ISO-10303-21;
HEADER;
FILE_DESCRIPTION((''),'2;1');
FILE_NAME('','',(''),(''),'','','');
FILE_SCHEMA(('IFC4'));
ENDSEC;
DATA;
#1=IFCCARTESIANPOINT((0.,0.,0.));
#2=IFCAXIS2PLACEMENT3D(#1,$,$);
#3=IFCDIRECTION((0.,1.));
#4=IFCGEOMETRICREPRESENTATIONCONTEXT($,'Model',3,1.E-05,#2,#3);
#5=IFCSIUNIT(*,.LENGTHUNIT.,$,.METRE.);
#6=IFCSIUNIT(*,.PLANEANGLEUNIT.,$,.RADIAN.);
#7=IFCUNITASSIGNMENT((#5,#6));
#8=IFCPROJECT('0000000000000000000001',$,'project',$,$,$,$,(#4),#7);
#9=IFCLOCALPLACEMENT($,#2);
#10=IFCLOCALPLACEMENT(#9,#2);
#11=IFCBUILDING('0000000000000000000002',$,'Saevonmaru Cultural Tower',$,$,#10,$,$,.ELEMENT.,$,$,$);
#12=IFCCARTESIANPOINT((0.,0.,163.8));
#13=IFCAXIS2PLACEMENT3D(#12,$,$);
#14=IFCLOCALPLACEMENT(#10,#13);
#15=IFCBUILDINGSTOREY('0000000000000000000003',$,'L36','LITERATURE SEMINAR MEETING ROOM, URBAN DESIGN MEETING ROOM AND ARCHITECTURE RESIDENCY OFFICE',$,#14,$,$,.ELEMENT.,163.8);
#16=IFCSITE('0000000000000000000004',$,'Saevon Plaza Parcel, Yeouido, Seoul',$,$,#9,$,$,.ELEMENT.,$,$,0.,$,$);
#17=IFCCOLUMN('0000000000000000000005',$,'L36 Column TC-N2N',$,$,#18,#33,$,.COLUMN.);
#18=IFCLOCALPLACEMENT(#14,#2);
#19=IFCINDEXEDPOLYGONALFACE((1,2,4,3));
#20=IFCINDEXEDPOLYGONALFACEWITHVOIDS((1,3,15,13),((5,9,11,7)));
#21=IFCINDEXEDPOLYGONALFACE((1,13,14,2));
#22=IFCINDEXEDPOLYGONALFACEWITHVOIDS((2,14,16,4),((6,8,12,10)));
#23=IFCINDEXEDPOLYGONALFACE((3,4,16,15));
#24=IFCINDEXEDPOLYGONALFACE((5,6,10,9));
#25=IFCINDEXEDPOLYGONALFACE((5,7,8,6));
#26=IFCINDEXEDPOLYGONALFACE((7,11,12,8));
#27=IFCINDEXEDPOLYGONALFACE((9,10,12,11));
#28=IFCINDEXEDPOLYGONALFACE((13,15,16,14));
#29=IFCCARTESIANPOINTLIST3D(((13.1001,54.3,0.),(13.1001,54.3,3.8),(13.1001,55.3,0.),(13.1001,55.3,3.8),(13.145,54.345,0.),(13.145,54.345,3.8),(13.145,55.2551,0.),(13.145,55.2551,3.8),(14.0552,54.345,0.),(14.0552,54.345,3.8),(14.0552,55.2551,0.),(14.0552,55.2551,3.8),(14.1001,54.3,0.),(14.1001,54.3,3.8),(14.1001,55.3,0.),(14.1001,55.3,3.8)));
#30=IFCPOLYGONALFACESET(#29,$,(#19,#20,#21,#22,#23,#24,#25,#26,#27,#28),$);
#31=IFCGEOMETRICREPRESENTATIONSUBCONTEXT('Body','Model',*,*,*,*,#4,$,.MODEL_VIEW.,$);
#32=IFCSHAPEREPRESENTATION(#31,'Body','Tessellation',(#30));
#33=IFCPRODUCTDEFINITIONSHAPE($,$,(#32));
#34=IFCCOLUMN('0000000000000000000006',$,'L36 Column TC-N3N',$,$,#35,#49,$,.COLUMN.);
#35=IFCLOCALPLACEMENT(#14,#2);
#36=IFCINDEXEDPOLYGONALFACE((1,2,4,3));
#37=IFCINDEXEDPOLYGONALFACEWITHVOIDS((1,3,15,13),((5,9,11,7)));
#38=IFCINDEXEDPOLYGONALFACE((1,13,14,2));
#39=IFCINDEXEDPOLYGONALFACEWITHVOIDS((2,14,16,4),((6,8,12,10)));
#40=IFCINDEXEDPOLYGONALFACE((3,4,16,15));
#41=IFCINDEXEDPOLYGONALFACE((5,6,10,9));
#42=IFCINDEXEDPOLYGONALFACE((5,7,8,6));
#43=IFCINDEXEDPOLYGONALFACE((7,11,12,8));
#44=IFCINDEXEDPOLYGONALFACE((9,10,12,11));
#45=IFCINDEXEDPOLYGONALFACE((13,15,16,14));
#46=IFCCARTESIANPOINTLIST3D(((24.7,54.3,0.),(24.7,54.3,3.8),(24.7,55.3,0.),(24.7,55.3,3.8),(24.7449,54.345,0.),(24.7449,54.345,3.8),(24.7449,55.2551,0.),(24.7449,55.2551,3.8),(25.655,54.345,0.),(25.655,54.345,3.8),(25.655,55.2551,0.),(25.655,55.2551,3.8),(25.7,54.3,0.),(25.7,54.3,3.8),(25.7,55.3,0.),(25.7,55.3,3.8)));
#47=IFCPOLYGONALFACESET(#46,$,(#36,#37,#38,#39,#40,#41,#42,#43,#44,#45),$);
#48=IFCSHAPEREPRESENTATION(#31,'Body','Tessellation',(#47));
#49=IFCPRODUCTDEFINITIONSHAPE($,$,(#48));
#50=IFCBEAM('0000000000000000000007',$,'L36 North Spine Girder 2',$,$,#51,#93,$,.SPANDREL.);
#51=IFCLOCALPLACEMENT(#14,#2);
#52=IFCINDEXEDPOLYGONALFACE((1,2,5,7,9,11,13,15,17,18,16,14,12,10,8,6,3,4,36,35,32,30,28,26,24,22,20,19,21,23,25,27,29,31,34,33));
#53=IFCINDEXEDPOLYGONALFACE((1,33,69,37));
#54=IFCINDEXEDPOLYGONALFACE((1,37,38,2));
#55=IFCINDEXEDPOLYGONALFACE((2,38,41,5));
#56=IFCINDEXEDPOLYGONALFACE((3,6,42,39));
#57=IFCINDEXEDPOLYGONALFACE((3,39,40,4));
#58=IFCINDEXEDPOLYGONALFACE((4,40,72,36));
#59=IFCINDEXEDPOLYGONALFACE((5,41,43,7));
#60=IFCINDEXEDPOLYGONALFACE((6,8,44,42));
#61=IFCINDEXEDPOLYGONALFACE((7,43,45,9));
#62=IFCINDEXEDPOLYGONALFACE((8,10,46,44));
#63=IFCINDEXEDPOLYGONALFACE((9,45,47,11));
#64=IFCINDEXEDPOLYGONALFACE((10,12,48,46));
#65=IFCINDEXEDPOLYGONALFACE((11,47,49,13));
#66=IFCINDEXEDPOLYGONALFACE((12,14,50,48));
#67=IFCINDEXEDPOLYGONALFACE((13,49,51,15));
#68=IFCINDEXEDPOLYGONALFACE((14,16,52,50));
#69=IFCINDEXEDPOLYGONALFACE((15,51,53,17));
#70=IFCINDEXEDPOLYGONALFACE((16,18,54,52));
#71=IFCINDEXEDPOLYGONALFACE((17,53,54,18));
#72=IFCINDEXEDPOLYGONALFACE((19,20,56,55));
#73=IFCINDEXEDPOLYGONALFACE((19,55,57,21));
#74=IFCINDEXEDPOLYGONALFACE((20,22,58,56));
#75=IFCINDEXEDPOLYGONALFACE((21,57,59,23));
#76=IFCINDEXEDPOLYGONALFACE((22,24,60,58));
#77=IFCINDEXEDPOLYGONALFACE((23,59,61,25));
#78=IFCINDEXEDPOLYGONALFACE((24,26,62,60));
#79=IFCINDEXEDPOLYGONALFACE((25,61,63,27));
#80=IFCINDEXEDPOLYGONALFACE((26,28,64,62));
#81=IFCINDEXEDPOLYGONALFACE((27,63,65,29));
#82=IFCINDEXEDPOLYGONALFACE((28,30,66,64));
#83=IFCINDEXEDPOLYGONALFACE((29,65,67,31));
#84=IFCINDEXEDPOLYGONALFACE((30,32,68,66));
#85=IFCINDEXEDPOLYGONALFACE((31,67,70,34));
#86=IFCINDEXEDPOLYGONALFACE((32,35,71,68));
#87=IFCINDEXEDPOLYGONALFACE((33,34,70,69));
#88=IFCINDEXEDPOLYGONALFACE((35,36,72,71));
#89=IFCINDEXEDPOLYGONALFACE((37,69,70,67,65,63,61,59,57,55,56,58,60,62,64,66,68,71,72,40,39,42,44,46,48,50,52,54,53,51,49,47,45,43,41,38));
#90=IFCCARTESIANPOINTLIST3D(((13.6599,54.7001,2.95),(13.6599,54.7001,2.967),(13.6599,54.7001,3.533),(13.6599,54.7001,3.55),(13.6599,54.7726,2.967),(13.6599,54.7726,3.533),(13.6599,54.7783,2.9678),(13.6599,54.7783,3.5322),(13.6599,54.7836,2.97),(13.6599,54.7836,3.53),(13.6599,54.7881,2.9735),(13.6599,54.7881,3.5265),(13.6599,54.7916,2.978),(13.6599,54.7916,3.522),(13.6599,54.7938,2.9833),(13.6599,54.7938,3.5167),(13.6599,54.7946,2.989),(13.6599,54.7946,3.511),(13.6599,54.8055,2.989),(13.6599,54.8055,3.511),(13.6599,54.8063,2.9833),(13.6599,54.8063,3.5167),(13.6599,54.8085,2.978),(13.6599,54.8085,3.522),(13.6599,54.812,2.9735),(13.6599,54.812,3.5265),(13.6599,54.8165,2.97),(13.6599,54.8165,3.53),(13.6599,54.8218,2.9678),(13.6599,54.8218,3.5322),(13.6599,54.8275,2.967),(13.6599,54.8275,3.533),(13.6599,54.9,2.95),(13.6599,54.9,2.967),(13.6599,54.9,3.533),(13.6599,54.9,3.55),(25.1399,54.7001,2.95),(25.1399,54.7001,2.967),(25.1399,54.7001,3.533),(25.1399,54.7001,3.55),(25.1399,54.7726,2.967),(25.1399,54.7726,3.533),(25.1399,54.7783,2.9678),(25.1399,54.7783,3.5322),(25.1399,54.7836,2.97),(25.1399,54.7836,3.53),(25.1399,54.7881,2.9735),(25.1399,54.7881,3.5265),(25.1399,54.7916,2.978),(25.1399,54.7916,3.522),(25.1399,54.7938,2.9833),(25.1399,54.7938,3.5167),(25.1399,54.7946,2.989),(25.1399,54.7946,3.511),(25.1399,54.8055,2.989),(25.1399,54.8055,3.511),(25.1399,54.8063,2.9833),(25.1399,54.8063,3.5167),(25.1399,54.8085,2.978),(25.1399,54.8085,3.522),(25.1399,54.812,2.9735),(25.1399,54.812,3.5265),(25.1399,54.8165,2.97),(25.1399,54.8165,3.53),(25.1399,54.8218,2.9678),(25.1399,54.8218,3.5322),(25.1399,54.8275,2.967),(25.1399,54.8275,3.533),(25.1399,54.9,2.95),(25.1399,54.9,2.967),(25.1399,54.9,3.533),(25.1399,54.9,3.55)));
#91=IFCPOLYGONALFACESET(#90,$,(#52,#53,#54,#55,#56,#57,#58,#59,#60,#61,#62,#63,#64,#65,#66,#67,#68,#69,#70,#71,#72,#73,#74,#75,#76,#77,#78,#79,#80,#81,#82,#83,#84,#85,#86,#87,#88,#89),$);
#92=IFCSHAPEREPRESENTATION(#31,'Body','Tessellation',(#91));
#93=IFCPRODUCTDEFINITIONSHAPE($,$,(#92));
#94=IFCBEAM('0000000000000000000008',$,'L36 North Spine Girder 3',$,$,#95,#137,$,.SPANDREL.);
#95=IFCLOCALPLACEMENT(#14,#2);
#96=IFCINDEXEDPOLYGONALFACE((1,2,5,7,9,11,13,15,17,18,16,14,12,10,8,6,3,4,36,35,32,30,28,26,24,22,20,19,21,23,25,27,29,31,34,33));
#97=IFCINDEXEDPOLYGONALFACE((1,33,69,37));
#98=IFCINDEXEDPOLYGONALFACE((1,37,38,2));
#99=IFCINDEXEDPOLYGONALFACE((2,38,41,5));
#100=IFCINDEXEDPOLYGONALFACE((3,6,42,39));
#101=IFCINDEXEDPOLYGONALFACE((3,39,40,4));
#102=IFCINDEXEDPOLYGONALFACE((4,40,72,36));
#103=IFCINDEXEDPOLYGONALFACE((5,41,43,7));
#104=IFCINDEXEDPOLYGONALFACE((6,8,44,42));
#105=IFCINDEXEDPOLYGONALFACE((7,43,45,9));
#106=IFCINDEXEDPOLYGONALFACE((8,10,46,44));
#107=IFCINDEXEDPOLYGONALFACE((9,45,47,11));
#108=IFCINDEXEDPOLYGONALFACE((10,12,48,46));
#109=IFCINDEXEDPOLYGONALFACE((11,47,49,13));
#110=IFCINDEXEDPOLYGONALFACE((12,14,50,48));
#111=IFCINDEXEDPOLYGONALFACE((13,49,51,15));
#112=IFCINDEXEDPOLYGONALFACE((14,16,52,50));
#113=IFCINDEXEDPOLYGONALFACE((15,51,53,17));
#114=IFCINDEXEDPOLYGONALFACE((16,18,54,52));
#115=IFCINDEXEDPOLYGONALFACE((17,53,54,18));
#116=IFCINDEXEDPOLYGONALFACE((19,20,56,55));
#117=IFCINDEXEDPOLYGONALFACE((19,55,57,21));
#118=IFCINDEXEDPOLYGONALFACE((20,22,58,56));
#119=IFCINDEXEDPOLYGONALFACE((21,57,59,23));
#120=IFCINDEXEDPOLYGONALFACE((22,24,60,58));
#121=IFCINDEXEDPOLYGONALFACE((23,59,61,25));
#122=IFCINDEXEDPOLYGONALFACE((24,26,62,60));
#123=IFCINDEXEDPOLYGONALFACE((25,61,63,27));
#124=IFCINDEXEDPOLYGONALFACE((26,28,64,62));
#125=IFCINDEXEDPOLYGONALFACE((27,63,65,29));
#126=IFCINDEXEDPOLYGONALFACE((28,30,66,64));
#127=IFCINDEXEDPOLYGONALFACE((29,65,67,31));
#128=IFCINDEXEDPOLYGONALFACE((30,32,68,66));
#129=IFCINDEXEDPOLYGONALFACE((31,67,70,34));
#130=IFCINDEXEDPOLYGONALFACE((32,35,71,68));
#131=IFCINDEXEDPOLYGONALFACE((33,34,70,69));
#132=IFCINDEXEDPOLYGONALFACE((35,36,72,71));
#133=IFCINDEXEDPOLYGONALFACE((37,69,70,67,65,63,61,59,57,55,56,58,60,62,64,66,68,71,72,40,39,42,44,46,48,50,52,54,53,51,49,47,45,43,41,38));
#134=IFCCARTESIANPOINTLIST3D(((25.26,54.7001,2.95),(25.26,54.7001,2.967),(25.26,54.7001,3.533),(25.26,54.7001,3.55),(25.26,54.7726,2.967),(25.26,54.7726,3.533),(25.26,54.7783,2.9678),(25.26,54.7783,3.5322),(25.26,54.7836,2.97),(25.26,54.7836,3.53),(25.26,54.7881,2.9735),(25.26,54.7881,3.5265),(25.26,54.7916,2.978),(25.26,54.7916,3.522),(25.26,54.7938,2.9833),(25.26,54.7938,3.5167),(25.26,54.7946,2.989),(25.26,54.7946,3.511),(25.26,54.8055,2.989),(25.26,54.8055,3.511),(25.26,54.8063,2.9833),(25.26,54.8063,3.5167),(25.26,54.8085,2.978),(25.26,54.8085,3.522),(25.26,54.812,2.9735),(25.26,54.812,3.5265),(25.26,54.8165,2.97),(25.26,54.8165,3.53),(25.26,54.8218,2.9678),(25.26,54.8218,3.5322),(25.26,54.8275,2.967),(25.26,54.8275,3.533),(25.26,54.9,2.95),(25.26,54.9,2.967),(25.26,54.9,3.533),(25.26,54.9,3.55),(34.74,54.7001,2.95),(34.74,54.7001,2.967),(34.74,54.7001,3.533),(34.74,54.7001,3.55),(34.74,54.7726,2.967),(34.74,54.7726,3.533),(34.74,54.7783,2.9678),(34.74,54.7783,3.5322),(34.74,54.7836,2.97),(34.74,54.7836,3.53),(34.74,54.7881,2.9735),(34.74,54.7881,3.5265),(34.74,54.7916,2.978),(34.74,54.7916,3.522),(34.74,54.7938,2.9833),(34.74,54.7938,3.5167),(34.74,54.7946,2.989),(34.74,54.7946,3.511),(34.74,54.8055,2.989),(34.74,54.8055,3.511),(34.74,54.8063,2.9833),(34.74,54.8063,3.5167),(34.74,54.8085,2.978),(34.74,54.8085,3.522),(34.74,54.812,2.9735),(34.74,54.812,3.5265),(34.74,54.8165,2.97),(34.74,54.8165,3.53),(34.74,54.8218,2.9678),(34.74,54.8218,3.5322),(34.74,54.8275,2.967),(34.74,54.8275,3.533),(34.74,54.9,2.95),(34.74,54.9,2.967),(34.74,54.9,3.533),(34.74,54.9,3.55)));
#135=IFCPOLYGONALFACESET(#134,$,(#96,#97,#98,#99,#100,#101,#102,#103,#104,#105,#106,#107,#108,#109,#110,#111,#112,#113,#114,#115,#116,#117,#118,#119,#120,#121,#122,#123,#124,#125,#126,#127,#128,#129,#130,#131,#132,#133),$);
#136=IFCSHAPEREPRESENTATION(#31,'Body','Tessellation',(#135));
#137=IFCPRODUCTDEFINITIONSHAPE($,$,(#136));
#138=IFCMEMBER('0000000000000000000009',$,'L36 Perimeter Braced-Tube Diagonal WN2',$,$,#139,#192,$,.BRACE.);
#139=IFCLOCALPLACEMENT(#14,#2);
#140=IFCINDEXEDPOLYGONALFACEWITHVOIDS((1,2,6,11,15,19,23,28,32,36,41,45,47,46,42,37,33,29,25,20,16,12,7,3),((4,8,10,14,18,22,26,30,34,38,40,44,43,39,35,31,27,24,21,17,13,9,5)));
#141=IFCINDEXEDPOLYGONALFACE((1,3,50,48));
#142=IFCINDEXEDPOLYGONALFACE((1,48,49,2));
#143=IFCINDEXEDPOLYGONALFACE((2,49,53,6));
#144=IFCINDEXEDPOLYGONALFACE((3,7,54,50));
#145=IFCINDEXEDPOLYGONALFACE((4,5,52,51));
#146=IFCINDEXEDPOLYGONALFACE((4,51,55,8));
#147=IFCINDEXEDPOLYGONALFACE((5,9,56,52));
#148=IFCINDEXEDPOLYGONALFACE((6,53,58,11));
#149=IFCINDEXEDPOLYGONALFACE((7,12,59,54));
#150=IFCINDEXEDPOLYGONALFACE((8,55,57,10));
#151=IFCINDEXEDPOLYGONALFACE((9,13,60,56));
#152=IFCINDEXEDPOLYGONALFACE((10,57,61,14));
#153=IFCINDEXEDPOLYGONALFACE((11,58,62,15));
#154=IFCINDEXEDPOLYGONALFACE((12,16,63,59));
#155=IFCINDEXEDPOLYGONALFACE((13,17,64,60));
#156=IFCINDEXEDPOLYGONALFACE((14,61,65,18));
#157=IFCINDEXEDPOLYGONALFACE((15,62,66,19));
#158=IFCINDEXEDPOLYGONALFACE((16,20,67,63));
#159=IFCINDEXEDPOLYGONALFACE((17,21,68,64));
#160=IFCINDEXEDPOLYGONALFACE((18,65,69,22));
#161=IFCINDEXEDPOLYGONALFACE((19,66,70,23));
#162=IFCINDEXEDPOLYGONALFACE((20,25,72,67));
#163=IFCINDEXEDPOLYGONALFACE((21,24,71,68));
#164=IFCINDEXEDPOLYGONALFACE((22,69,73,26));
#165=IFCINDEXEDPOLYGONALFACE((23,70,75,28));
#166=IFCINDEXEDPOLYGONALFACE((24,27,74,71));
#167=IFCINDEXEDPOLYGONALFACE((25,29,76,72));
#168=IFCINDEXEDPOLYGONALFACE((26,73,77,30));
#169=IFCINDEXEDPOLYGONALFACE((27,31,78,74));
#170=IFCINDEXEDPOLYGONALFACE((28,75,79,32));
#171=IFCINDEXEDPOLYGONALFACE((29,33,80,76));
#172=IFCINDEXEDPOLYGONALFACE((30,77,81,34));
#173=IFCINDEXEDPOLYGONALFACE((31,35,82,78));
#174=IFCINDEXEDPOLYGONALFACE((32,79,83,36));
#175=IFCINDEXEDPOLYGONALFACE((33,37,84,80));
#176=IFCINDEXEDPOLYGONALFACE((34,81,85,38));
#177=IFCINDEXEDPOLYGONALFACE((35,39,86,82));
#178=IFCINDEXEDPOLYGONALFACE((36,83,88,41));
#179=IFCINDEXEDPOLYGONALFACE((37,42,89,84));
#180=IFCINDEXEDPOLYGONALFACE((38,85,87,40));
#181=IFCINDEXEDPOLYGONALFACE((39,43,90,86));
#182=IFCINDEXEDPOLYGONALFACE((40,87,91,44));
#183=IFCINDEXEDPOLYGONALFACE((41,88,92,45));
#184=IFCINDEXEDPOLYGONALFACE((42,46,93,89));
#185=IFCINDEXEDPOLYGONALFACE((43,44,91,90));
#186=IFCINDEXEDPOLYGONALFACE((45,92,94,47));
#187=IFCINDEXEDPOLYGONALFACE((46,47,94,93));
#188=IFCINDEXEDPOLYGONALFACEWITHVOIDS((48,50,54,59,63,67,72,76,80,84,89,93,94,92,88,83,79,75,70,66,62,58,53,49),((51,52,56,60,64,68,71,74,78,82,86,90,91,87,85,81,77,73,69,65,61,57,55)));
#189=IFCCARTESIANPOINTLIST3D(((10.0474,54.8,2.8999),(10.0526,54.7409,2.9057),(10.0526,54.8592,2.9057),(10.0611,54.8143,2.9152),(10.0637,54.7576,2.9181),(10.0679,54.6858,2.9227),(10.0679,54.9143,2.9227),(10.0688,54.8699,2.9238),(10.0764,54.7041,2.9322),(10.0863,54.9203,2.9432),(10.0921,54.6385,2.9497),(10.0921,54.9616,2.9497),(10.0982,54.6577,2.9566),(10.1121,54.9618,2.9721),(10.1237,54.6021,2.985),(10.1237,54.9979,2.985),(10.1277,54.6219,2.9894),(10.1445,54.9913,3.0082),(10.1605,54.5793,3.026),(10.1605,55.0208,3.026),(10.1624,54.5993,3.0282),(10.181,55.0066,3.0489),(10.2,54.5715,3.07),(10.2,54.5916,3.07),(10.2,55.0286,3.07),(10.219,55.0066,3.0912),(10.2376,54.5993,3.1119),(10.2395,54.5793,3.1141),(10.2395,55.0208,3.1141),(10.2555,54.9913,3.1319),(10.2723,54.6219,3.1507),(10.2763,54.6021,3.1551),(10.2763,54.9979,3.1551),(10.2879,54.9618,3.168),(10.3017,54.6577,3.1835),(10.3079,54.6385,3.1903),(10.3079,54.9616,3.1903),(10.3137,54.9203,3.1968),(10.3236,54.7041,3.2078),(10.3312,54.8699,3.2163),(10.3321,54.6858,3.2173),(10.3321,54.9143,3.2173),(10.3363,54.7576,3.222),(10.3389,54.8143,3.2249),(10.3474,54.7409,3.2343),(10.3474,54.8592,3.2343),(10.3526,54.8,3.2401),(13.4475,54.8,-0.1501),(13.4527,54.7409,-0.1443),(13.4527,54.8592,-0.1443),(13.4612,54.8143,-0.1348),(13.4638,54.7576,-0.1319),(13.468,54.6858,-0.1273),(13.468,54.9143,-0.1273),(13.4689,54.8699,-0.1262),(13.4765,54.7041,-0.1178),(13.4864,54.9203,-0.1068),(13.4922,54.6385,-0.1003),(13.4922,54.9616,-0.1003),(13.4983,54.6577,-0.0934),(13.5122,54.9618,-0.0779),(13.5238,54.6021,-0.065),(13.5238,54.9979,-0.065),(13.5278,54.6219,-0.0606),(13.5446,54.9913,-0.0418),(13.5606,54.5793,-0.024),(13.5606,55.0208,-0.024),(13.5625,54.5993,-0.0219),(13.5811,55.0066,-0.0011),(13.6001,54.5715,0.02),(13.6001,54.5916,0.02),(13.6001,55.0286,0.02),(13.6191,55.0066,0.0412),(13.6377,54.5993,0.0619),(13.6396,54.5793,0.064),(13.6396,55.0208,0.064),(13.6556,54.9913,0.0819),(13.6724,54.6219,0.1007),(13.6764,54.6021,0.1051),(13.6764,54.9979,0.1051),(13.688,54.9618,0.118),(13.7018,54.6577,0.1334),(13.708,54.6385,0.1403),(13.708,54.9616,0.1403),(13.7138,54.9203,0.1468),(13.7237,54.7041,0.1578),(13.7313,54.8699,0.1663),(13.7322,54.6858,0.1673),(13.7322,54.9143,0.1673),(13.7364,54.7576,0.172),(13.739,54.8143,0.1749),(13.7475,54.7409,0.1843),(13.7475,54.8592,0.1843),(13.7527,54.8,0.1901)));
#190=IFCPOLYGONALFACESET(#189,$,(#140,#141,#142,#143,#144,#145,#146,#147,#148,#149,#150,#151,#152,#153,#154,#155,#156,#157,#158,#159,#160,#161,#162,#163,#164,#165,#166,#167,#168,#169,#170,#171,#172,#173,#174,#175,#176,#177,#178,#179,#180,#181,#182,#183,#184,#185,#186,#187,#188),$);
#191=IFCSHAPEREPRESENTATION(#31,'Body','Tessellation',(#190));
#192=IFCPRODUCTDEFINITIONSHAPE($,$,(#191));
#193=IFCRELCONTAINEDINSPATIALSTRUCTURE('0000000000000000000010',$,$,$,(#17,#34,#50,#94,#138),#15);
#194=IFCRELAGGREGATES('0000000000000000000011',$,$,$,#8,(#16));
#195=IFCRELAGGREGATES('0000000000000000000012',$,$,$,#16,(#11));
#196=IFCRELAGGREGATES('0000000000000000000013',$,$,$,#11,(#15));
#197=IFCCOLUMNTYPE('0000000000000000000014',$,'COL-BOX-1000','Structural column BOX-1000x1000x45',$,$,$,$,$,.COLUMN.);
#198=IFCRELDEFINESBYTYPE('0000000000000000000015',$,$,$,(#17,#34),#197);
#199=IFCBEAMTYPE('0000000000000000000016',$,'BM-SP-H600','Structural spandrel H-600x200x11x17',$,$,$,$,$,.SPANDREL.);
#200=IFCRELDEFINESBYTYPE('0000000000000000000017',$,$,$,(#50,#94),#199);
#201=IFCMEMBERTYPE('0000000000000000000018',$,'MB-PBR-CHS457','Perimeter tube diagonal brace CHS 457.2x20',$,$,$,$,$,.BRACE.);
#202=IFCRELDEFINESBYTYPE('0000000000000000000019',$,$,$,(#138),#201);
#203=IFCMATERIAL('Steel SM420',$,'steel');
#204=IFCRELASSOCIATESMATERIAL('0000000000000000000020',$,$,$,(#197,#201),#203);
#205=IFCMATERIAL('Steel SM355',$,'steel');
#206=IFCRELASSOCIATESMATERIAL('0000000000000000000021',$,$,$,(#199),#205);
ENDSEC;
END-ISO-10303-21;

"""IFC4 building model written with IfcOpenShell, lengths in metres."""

from ifc_helpers import new_model, si_unit, direction, frame, origin, origin_2d, place, context, subcontext, project, spatial, hollow_rectangle, hollow_circle, i_section, extrude, material, material_profile, profile_set, type_object, element, save


model = new_model("IFC4")

# Units and contexts
model_context = context("Model", 3, precision=1e-05, world=origin(), true_north=direction((0.0, 1.0)))
body_context = subcontext(model_context, "Body", "Model", "MODEL_VIEW")
ifc_project = project(units=[si_unit("LENGTHUNIT", "METRE"), si_unit("PLANEANGLEUNIT", "RADIAN")], contexts=[model_context])

# Site, building, storey
site_placement = place(None, origin())
site = spatial("IfcSite", under=ifc_project, at=site_placement, Name="Saevon Plaza Parcel, Yeouido, Seoul", CompositionType="ELEMENT", RefElevation=0.0)
building_placement = place(site_placement, origin())
building = spatial("IfcBuilding", under=site, at=building_placement, Name="Saevonmaru Cultural Tower", CompositionType="ELEMENT")
storey_placement = place(building_placement, frame((0.0, 0.0, 163.8)))
storey = spatial("IfcBuildingStorey", under=building, at=storey_placement, Name="L36", Description="LITERATURE SEMINAR MEETING ROOM, URBAN DESIGN MEETING ROOM AND ARCHITECTURE RESIDENCY OFFICE", CompositionType="ELEMENT", Elevation=163.8)

# Columns
ifc_material_1 = material(Name="Steel SM420", Category="steel")
ifc_material_profile_1 = material_profile(ifc_material_1, hollow_rectangle(XDim=1.0, YDim=1.0, WallThickness=0.0449, at=origin_2d()), Name="BOX-1000x1000x45")
ifc_profile_set_1 = profile_set([ifc_material_profile_1], Name="Steel SM420")
column_type = type_object("IfcColumnType", Name="COL-BOX-1000", Description="Structural column BOX-1000x1000x45", PredefinedType="COLUMN", material=ifc_profile_set_1)
for number, where, z_axis, x_axis, name in (
    (1, (13.6001, 54.8, 0.0), (0.0, 0.0, 1.0), (1.0, 0.0, 0.0), "L36 Column TC-N2N"),
    (2, (25.2, 54.8, 0.0), (0.0, 0.0, 1.0), (1.0, 0.0, 0.0), "L36 Column TC-N3N"),
):
    element("IfcColumn", number, at=place(storey_placement, frame(where, z_axis=z_axis, x_axis=x_axis)), inside=storey, type_object=column_type, Name=name, PredefinedType="COLUMN", context=body_context, shape_type="SweptSolid", body=[
        extrude(hollow_rectangle(XDim=1.0, YDim=1.0, WallThickness=0.0449, at=origin_2d()), origin(), (0.0, 0.0, 1.0), 3.8),
    ])

# Beams
ifc_material_2 = material(Name="Steel SM355", Category="steel")
ifc_material_profile_2 = material_profile(ifc_material_2, i_section(OverallWidth=0.2, OverallDepth=0.6001, WebThickness=0.011, FlangeThickness=0.0171, FilletRadius=0.022, at=origin_2d()), Name="H-600x200x11x17")
ifc_profile_set_2 = profile_set([ifc_material_profile_2], Name="Steel SM355")
beam_type = type_object("IfcBeamType", Name="BM-SP-H600", Description="Structural spandrel H-600x200x11x17", PredefinedType="SPANDREL", material=ifc_profile_set_2)
beam_1_placement = place(storey_placement, frame((13.6599, 54.8, 3.25), z_axis=(1.0, 0.0, 0.0), x_axis=(0.0, 1.0, 0.0)))
element("IfcBeam", 3, at=beam_1_placement, inside=storey, type_object=beam_type, Name="L36 North Spine Girder 2", PredefinedType="SPANDREL", context=body_context, shape_type="SweptSolid", body=[
    extrude(i_section(OverallWidth=0.2, OverallDepth=0.6001, WebThickness=0.011, FlangeThickness=0.0171, FilletRadius=0.022, at=origin_2d()), origin(), (0.0, 0.0, 1.0), 11.48),
])
beam_2_placement = place(storey_placement, frame((25.26, 54.8, 3.25), z_axis=(1.0, 0.0, 0.0), x_axis=(0.0, 1.0, 0.0)))
element("IfcBeam", 4, at=beam_2_placement, inside=storey, type_object=beam_type, Name="L36 North Spine Girder 3", PredefinedType="SPANDREL", context=body_context, shape_type="SweptSolid", body=[
    extrude(i_section(OverallWidth=0.2, OverallDepth=0.6001, WebThickness=0.011, FlangeThickness=0.0171, FilletRadius=0.022, at=origin_2d()), origin(), (0.0, 0.0, 1.0), 9.48),
])

# Member
ifc_material_profile_3 = material_profile(ifc_material_1, hollow_circle(Radius=0.2285, WallThickness=0.02, at=origin_2d()), Name="CHS-457.2x20")
ifc_profile_set_3 = profile_set([ifc_material_profile_3], Name="Steel SM420")
member_type_1 = type_object("IfcMemberType", Name="MB-PBR-CHS457", Description="Perimeter tube diagonal brace CHS 457.2x20", PredefinedType="BRACE", material=ifc_profile_set_3)
member_1_placement = place(storey_placement, frame((13.6001, 54.8, 0.02), z_axis=(-0.744391, 0.0, 0.667744), x_axis=(0.0, -1.0, 0.0)))
element("IfcMember", 5, at=member_1_placement, inside=storey, type_object=member_type_1, Name="L36 Perimeter Braced-Tube Diagonal WN2", PredefinedType="BRACE", context=body_context, shape_type="SweptSolid", body=[
    extrude(hollow_circle(Radius=0.2285, WallThickness=0.02, at=origin_2d()), origin(), (0.0, 0.0, 1.0), 4.5676),
])

save(model, "model.ifc")
